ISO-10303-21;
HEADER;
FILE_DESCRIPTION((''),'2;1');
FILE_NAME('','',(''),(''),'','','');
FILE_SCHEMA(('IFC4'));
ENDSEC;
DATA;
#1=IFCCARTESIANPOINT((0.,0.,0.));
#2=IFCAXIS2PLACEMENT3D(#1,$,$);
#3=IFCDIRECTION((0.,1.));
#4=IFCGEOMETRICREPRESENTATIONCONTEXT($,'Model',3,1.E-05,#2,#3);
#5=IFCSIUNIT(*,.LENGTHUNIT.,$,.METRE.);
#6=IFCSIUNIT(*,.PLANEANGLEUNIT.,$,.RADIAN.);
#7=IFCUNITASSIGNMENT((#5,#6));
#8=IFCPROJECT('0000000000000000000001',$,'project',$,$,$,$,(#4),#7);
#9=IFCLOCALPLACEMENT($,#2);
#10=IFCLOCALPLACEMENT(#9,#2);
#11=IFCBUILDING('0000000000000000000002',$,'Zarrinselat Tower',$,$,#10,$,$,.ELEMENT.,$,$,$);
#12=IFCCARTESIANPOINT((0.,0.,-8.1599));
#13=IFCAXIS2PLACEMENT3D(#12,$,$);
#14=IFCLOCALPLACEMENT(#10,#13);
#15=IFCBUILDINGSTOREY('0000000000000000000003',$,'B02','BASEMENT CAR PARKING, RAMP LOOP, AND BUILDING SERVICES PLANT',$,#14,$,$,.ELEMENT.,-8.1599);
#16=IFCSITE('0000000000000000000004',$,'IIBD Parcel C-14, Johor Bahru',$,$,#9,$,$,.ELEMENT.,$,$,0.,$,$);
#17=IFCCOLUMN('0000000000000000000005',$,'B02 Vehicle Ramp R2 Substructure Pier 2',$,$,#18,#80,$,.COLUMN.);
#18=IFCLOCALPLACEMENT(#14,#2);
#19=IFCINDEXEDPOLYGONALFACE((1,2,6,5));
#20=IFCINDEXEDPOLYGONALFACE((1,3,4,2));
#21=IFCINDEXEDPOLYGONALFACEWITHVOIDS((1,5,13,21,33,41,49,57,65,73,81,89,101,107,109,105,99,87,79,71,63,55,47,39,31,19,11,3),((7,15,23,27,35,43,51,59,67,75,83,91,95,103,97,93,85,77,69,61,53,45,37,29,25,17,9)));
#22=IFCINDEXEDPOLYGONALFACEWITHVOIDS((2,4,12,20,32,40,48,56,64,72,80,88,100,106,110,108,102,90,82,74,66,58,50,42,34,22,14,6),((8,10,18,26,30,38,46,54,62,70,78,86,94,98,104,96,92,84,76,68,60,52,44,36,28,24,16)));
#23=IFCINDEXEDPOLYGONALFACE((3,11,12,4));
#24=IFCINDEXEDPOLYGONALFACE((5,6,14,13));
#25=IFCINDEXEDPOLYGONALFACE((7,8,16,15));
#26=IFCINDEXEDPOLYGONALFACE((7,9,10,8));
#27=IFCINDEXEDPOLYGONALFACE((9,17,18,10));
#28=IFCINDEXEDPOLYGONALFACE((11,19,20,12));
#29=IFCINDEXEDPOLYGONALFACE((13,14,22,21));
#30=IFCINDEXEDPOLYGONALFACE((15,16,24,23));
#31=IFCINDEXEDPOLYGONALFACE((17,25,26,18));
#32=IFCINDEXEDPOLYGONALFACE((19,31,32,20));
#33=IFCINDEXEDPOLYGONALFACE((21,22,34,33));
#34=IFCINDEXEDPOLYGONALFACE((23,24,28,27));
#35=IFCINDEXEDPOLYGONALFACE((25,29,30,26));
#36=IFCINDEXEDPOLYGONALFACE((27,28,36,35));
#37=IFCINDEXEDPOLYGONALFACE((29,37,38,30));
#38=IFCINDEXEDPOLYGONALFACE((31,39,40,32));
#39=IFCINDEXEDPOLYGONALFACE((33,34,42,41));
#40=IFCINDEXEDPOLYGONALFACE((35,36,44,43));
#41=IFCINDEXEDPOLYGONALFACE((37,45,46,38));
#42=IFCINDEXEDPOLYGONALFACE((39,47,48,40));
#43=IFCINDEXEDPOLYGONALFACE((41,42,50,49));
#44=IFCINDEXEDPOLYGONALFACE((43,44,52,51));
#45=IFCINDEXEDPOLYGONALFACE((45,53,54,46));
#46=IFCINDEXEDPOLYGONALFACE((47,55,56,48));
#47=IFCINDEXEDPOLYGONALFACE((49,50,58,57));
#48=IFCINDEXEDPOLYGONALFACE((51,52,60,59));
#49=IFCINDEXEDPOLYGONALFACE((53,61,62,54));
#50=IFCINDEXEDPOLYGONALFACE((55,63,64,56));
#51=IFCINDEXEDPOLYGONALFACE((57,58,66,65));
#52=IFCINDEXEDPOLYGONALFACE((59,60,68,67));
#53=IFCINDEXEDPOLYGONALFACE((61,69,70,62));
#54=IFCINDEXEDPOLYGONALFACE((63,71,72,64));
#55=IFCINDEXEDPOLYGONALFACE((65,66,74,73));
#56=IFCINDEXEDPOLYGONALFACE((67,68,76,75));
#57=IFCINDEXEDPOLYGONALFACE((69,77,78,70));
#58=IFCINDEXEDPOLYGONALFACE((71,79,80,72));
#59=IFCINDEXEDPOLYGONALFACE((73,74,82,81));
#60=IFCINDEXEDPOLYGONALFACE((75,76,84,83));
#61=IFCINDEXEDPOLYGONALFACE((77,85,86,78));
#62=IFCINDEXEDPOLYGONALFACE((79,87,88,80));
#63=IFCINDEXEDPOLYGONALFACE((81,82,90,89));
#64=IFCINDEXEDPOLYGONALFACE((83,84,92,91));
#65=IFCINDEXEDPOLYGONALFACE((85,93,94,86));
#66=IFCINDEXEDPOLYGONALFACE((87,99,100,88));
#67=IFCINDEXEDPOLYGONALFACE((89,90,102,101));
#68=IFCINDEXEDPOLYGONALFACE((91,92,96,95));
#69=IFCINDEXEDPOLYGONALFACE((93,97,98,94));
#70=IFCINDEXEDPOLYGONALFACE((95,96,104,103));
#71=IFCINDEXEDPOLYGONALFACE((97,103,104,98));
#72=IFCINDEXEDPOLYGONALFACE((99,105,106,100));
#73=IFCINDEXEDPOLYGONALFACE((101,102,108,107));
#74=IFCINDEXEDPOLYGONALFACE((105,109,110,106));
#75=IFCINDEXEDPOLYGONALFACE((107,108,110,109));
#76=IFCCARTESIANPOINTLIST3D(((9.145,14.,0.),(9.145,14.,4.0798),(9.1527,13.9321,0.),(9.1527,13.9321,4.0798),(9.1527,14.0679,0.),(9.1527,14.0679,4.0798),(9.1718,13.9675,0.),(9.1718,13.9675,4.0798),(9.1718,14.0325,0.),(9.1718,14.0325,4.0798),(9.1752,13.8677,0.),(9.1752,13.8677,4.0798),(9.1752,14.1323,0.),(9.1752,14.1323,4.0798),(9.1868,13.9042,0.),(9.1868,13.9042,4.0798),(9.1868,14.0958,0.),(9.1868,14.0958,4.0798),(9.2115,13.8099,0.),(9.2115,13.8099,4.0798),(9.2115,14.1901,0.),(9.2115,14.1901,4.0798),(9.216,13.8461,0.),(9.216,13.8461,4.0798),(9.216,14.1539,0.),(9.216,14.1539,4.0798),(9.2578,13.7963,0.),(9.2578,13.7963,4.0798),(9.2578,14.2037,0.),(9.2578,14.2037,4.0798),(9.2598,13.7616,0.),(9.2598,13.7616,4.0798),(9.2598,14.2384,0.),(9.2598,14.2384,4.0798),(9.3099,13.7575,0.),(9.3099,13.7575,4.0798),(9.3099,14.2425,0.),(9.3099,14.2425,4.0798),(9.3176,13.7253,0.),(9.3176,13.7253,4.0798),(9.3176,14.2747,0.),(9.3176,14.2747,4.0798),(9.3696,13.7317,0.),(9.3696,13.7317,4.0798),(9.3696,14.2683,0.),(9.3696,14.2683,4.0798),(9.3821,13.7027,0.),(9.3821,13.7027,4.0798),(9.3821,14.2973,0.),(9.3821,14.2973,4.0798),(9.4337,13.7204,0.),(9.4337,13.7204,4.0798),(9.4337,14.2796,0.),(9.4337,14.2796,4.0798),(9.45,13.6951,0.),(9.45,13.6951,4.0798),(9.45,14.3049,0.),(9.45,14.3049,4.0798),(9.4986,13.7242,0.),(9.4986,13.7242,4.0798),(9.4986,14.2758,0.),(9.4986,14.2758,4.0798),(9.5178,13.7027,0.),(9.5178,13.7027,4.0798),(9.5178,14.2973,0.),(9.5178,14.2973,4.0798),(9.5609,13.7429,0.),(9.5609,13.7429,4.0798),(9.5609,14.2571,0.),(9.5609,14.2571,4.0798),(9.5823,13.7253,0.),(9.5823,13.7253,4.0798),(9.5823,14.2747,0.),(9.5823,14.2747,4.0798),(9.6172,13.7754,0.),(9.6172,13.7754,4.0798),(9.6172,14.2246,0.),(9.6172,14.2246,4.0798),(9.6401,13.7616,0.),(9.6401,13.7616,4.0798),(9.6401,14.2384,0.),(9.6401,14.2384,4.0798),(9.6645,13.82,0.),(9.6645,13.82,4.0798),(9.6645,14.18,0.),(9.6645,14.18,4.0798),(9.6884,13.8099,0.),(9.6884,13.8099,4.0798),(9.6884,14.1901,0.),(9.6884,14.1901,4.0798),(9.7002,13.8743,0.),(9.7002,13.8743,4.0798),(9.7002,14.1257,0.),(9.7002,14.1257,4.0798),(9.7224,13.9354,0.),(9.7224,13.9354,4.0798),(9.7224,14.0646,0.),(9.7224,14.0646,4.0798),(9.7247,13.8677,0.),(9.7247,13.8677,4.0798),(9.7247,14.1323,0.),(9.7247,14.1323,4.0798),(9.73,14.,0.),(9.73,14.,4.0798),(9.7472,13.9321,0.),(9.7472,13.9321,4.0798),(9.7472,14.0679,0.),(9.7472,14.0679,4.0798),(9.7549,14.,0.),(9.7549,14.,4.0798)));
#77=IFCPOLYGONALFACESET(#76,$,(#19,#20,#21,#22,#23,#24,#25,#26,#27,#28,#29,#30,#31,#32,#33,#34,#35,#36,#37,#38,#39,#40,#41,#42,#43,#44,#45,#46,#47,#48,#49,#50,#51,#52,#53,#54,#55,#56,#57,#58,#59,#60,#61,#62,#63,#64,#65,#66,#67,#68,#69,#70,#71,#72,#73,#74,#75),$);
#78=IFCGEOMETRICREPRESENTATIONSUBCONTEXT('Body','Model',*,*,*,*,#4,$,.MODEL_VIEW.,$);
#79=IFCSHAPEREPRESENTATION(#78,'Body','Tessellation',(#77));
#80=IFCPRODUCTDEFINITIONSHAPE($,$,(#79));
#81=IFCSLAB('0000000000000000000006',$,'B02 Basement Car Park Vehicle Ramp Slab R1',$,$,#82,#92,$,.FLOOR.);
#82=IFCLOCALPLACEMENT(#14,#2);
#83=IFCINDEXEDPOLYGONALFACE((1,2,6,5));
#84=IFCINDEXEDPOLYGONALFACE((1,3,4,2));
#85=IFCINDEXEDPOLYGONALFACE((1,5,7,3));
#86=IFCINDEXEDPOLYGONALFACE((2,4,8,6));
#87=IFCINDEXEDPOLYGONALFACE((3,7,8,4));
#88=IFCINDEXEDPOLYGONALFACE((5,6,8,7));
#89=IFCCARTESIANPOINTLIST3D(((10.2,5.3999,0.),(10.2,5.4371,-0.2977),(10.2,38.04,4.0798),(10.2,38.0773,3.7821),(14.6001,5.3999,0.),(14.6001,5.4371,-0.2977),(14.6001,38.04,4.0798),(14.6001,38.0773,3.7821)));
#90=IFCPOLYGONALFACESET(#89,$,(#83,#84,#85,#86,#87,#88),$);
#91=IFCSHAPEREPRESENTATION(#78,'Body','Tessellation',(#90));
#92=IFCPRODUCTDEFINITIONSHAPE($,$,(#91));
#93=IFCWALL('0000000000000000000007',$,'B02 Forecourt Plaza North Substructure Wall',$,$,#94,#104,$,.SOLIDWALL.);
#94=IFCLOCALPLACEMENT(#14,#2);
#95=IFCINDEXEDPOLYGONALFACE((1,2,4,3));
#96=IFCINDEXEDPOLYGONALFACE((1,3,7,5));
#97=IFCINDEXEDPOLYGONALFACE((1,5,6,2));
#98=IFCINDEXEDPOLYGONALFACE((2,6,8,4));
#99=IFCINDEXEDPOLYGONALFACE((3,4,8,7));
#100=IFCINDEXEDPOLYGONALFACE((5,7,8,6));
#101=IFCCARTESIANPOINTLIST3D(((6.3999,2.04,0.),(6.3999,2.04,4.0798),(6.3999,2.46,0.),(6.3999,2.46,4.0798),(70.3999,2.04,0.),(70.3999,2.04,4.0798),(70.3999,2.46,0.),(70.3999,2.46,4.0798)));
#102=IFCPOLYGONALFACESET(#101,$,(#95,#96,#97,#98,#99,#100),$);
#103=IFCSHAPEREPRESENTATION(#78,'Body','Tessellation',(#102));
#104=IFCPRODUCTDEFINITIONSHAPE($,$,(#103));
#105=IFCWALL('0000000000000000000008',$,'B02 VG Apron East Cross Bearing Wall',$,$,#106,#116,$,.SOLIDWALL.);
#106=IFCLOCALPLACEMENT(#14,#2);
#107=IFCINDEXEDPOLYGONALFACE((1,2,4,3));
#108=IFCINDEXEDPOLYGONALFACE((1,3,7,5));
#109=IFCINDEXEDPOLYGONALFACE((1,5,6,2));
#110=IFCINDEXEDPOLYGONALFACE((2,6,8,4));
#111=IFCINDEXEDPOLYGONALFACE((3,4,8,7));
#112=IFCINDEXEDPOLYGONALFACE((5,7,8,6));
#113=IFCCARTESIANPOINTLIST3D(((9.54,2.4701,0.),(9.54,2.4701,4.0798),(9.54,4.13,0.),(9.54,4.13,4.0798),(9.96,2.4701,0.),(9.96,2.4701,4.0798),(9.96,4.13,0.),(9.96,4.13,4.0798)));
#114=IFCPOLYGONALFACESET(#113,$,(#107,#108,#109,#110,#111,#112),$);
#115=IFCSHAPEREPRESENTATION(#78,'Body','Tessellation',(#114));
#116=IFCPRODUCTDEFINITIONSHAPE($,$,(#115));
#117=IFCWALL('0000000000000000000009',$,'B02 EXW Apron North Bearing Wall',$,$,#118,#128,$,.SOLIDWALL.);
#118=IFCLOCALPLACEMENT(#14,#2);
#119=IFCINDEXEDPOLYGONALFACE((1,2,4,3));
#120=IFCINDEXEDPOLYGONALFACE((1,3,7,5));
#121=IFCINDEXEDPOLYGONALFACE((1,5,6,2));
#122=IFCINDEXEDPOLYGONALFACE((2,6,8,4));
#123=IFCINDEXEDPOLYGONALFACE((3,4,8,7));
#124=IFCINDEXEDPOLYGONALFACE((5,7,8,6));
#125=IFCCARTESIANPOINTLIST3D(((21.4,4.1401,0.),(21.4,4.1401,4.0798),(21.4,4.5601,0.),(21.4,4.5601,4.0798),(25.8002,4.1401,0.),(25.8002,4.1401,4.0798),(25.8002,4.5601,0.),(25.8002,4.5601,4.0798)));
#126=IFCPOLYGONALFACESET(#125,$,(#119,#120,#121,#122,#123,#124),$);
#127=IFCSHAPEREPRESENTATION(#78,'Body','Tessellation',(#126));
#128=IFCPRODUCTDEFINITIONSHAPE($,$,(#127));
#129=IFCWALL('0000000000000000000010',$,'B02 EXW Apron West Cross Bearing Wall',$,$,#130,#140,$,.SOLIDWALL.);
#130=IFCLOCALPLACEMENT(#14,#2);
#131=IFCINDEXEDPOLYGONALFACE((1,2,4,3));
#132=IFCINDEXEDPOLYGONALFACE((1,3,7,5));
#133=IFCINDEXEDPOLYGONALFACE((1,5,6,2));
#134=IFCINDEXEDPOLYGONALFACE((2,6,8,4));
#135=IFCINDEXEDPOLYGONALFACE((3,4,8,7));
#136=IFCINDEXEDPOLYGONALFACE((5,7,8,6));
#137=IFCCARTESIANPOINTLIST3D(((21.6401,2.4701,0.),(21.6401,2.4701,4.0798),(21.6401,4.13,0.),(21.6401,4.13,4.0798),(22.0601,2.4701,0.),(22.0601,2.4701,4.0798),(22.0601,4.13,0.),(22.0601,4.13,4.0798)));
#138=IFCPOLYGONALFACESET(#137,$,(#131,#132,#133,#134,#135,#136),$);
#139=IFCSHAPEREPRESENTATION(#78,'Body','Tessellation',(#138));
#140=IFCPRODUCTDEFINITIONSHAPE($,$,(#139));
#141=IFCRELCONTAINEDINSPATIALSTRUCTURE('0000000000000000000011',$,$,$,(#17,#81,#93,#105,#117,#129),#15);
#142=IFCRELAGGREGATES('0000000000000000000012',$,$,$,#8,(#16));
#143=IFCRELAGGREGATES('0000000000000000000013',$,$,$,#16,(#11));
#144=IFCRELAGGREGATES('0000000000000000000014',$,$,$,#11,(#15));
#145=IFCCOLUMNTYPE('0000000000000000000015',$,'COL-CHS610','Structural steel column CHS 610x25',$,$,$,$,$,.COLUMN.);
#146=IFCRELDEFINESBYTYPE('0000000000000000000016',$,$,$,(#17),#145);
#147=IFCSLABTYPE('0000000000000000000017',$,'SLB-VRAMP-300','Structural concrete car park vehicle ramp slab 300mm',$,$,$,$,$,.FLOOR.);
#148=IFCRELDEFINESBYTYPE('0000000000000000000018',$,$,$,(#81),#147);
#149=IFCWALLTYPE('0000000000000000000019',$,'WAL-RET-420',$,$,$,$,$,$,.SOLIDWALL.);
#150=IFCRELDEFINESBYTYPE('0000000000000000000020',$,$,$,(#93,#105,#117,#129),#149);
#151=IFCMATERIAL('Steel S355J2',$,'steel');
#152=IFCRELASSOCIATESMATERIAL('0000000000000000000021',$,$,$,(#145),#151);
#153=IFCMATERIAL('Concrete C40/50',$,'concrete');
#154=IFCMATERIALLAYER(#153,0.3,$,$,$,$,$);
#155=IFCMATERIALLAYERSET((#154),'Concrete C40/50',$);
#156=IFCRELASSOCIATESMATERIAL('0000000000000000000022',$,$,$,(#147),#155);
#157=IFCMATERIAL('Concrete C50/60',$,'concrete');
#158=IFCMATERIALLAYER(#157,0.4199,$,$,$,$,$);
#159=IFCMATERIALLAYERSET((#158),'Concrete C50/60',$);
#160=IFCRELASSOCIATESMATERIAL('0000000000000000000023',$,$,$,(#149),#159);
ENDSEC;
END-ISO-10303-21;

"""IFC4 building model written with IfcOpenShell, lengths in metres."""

from ifc_helpers import new_model, si_unit, direction, frame, frame_2d, origin, origin_2d, place, context, subcontext, project, spatial, polyline, rectangle, hollow_circle, outline, extrude, material, layer, layer_set, material_profile, profile_set, type_object, element, save


model = new_model("IFC4")

# Units and contexts
model_context = context("Model", 3, precision=1e-05, world=origin(), true_north=direction((0.0, 1.0)))
body_context = subcontext(model_context, "Body", "Model", "MODEL_VIEW")
ifc_project = project(units=[si_unit("LENGTHUNIT", "METRE"), si_unit("PLANEANGLEUNIT", "RADIAN")], contexts=[model_context])

# Site, building, storey
site_placement = place(None, origin())
site = spatial("IfcSite", under=ifc_project, at=site_placement, Name="IIBD Parcel C-14, Johor Bahru", CompositionType="ELEMENT", RefElevation=0.0)
building_placement = place(site_placement, origin())
building = spatial("IfcBuilding", under=site, at=building_placement, Name="Zarrinselat Tower", CompositionType="ELEMENT")
storey_placement = place(building_placement, frame((0.0, 0.0, -8.1599)))
storey = spatial("IfcBuildingStorey", under=building, at=storey_placement, Name="B02", Description="BASEMENT CAR PARKING, RAMP LOOP, AND BUILDING SERVICES PLANT", CompositionType="ELEMENT", Elevation=-8.1599)

# Column
ifc_material_1 = material(Name="Steel S355J2", Category="steel")
ifc_material_profile_1 = material_profile(ifc_material_1, hollow_circle(Radius=0.3049, WallThickness=0.0249, at=origin_2d()), Name="CHS 610x25")
ifc_profile_set_1 = profile_set([ifc_material_profile_1], Name="Steel S355J2")
column_type = type_object("IfcColumnType", Name="COL-CHS610", Description="Structural steel column CHS 610x25", PredefinedType="COLUMN", material=ifc_profile_set_1)
column_1_placement = place(storey_placement, frame((9.45, 14.0, 0.0), z_axis=(0.0, 0.0, 1.0), x_axis=(1.0, 0.0, 0.0)))
element("IfcColumn", 1, at=column_1_placement, inside=storey, type_object=column_type, Name="B02 Vehicle Ramp R2 Substructure Pier 2", PredefinedType="COLUMN", context=body_context, shape_type="SweptSolid", body=[
    extrude(hollow_circle(Radius=0.3049, WallThickness=0.0249, at=origin_2d()), origin(), (0.0, 0.0, 1.0), 4.0798),
])

# Slab
ifc_material_2 = material(Name="Concrete C40/50", Category="concrete")
ifc_layer_1 = layer(ifc_material_2, 0.3)
ifc_layer_set_1 = layer_set([ifc_layer_1], Name="Concrete C40/50")
slab_type = type_object("IfcSlabType", Name="SLB-VRAMP-300", Description="Structural concrete car park vehicle ramp slab 300mm", PredefinedType="FLOOR", material=ifc_layer_set_1)
slab_placement = place(storey_placement, frame((10.2, 5.3999, 0.0), z_axis=(0.0, -0.124029, 0.992279), x_axis=(1.0, 0.0, 0.0)))
element("IfcSlab", 2, at=slab_placement, inside=storey, type_object=slab_type, Name="B02 Basement Car Park Vehicle Ramp Slab R1", PredefinedType="FLOOR", context=body_context, shape_type="SweptSolid", body=[
    extrude(outline(polyline([(0.0, 0.0), (4.4001, 0.0), (4.4001, 32.8941), (0.0, 32.8941), (0.0, 0.0)])), origin(), (0.0, 0.0, -1.0), 0.3),
])

# Walls
ifc_material_3 = material(Name="Concrete C50/60", Category="concrete")
ifc_layer_2 = layer(ifc_material_3, 0.4199)
ifc_layer_set_2 = layer_set([ifc_layer_2], Name="Concrete C50/60")
wall_type = type_object("IfcWallType", Name="WAL-RET-420", PredefinedType="SOLIDWALL", material=ifc_layer_set_2)
wall_1_placement = place(storey_placement, frame((6.3999, 2.25, 0.0), z_axis=(0.0, 0.0, 1.0), x_axis=(1.0, 0.0, 0.0)))
element("IfcWall", 3, at=wall_1_placement, inside=storey, type_object=wall_type, Name="B02 Forecourt Plaza North Substructure Wall", PredefinedType="SOLIDWALL", context=body_context, shape_type="SweptSolid", body=[
    extrude(rectangle(XDim=64.0, YDim=0.4199, at=frame_2d((32.0, 0.0))), origin(), (0.0, 0.0, 1.0), 4.0798),
])
wall_2_placement = place(storey_placement, frame((9.75, 2.47, 0.0), z_axis=(0.0, 0.0, 1.0), x_axis=(0.0, 1.0, 0.0)))
element("IfcWall", 4, at=wall_2_placement, inside=storey, type_object=wall_type, Name="B02 VG Apron East Cross Bearing Wall", PredefinedType="SOLIDWALL", context=body_context, shape_type="SweptSolid", body=[
    extrude(rectangle(XDim=1.6599, YDim=0.4199, at=frame_2d((0.8301, 0.0))), origin(), (0.0, 0.0, 1.0), 4.0798),
])
wall_3_placement = place(storey_placement, frame((21.3999, 4.3501, 0.0), z_axis=(0.0, 0.0, 1.0), x_axis=(1.0, 0.0, 0.0)))
element("IfcWall", 5, at=wall_3_placement, inside=storey, type_object=wall_type, Name="B02 EXW Apron North Bearing Wall", PredefinedType="SOLIDWALL", context=body_context, shape_type="SweptSolid", body=[
    extrude(rectangle(XDim=4.4001, YDim=0.4199, at=frame_2d((2.2002, 0.0))), origin(), (0.0, 0.0, 1.0), 4.0798),
])
wall_4_placement = place(storey_placement, frame((21.8501, 2.47, 0.0), z_axis=(0.0, 0.0, 1.0), x_axis=(0.0, 1.0, 0.0)))
element("IfcWall", 6, at=wall_4_placement, inside=storey, type_object=wall_type, Name="B02 EXW Apron West Cross Bearing Wall", PredefinedType="SOLIDWALL", context=body_context, shape_type="SweptSolid", body=[
    extrude(rectangle(XDim=1.6599, YDim=0.4199, at=frame_2d((0.8301, 0.0))), origin(), (0.0, 0.0, 1.0), 4.0798),
])

save(model, "model.ifc")
